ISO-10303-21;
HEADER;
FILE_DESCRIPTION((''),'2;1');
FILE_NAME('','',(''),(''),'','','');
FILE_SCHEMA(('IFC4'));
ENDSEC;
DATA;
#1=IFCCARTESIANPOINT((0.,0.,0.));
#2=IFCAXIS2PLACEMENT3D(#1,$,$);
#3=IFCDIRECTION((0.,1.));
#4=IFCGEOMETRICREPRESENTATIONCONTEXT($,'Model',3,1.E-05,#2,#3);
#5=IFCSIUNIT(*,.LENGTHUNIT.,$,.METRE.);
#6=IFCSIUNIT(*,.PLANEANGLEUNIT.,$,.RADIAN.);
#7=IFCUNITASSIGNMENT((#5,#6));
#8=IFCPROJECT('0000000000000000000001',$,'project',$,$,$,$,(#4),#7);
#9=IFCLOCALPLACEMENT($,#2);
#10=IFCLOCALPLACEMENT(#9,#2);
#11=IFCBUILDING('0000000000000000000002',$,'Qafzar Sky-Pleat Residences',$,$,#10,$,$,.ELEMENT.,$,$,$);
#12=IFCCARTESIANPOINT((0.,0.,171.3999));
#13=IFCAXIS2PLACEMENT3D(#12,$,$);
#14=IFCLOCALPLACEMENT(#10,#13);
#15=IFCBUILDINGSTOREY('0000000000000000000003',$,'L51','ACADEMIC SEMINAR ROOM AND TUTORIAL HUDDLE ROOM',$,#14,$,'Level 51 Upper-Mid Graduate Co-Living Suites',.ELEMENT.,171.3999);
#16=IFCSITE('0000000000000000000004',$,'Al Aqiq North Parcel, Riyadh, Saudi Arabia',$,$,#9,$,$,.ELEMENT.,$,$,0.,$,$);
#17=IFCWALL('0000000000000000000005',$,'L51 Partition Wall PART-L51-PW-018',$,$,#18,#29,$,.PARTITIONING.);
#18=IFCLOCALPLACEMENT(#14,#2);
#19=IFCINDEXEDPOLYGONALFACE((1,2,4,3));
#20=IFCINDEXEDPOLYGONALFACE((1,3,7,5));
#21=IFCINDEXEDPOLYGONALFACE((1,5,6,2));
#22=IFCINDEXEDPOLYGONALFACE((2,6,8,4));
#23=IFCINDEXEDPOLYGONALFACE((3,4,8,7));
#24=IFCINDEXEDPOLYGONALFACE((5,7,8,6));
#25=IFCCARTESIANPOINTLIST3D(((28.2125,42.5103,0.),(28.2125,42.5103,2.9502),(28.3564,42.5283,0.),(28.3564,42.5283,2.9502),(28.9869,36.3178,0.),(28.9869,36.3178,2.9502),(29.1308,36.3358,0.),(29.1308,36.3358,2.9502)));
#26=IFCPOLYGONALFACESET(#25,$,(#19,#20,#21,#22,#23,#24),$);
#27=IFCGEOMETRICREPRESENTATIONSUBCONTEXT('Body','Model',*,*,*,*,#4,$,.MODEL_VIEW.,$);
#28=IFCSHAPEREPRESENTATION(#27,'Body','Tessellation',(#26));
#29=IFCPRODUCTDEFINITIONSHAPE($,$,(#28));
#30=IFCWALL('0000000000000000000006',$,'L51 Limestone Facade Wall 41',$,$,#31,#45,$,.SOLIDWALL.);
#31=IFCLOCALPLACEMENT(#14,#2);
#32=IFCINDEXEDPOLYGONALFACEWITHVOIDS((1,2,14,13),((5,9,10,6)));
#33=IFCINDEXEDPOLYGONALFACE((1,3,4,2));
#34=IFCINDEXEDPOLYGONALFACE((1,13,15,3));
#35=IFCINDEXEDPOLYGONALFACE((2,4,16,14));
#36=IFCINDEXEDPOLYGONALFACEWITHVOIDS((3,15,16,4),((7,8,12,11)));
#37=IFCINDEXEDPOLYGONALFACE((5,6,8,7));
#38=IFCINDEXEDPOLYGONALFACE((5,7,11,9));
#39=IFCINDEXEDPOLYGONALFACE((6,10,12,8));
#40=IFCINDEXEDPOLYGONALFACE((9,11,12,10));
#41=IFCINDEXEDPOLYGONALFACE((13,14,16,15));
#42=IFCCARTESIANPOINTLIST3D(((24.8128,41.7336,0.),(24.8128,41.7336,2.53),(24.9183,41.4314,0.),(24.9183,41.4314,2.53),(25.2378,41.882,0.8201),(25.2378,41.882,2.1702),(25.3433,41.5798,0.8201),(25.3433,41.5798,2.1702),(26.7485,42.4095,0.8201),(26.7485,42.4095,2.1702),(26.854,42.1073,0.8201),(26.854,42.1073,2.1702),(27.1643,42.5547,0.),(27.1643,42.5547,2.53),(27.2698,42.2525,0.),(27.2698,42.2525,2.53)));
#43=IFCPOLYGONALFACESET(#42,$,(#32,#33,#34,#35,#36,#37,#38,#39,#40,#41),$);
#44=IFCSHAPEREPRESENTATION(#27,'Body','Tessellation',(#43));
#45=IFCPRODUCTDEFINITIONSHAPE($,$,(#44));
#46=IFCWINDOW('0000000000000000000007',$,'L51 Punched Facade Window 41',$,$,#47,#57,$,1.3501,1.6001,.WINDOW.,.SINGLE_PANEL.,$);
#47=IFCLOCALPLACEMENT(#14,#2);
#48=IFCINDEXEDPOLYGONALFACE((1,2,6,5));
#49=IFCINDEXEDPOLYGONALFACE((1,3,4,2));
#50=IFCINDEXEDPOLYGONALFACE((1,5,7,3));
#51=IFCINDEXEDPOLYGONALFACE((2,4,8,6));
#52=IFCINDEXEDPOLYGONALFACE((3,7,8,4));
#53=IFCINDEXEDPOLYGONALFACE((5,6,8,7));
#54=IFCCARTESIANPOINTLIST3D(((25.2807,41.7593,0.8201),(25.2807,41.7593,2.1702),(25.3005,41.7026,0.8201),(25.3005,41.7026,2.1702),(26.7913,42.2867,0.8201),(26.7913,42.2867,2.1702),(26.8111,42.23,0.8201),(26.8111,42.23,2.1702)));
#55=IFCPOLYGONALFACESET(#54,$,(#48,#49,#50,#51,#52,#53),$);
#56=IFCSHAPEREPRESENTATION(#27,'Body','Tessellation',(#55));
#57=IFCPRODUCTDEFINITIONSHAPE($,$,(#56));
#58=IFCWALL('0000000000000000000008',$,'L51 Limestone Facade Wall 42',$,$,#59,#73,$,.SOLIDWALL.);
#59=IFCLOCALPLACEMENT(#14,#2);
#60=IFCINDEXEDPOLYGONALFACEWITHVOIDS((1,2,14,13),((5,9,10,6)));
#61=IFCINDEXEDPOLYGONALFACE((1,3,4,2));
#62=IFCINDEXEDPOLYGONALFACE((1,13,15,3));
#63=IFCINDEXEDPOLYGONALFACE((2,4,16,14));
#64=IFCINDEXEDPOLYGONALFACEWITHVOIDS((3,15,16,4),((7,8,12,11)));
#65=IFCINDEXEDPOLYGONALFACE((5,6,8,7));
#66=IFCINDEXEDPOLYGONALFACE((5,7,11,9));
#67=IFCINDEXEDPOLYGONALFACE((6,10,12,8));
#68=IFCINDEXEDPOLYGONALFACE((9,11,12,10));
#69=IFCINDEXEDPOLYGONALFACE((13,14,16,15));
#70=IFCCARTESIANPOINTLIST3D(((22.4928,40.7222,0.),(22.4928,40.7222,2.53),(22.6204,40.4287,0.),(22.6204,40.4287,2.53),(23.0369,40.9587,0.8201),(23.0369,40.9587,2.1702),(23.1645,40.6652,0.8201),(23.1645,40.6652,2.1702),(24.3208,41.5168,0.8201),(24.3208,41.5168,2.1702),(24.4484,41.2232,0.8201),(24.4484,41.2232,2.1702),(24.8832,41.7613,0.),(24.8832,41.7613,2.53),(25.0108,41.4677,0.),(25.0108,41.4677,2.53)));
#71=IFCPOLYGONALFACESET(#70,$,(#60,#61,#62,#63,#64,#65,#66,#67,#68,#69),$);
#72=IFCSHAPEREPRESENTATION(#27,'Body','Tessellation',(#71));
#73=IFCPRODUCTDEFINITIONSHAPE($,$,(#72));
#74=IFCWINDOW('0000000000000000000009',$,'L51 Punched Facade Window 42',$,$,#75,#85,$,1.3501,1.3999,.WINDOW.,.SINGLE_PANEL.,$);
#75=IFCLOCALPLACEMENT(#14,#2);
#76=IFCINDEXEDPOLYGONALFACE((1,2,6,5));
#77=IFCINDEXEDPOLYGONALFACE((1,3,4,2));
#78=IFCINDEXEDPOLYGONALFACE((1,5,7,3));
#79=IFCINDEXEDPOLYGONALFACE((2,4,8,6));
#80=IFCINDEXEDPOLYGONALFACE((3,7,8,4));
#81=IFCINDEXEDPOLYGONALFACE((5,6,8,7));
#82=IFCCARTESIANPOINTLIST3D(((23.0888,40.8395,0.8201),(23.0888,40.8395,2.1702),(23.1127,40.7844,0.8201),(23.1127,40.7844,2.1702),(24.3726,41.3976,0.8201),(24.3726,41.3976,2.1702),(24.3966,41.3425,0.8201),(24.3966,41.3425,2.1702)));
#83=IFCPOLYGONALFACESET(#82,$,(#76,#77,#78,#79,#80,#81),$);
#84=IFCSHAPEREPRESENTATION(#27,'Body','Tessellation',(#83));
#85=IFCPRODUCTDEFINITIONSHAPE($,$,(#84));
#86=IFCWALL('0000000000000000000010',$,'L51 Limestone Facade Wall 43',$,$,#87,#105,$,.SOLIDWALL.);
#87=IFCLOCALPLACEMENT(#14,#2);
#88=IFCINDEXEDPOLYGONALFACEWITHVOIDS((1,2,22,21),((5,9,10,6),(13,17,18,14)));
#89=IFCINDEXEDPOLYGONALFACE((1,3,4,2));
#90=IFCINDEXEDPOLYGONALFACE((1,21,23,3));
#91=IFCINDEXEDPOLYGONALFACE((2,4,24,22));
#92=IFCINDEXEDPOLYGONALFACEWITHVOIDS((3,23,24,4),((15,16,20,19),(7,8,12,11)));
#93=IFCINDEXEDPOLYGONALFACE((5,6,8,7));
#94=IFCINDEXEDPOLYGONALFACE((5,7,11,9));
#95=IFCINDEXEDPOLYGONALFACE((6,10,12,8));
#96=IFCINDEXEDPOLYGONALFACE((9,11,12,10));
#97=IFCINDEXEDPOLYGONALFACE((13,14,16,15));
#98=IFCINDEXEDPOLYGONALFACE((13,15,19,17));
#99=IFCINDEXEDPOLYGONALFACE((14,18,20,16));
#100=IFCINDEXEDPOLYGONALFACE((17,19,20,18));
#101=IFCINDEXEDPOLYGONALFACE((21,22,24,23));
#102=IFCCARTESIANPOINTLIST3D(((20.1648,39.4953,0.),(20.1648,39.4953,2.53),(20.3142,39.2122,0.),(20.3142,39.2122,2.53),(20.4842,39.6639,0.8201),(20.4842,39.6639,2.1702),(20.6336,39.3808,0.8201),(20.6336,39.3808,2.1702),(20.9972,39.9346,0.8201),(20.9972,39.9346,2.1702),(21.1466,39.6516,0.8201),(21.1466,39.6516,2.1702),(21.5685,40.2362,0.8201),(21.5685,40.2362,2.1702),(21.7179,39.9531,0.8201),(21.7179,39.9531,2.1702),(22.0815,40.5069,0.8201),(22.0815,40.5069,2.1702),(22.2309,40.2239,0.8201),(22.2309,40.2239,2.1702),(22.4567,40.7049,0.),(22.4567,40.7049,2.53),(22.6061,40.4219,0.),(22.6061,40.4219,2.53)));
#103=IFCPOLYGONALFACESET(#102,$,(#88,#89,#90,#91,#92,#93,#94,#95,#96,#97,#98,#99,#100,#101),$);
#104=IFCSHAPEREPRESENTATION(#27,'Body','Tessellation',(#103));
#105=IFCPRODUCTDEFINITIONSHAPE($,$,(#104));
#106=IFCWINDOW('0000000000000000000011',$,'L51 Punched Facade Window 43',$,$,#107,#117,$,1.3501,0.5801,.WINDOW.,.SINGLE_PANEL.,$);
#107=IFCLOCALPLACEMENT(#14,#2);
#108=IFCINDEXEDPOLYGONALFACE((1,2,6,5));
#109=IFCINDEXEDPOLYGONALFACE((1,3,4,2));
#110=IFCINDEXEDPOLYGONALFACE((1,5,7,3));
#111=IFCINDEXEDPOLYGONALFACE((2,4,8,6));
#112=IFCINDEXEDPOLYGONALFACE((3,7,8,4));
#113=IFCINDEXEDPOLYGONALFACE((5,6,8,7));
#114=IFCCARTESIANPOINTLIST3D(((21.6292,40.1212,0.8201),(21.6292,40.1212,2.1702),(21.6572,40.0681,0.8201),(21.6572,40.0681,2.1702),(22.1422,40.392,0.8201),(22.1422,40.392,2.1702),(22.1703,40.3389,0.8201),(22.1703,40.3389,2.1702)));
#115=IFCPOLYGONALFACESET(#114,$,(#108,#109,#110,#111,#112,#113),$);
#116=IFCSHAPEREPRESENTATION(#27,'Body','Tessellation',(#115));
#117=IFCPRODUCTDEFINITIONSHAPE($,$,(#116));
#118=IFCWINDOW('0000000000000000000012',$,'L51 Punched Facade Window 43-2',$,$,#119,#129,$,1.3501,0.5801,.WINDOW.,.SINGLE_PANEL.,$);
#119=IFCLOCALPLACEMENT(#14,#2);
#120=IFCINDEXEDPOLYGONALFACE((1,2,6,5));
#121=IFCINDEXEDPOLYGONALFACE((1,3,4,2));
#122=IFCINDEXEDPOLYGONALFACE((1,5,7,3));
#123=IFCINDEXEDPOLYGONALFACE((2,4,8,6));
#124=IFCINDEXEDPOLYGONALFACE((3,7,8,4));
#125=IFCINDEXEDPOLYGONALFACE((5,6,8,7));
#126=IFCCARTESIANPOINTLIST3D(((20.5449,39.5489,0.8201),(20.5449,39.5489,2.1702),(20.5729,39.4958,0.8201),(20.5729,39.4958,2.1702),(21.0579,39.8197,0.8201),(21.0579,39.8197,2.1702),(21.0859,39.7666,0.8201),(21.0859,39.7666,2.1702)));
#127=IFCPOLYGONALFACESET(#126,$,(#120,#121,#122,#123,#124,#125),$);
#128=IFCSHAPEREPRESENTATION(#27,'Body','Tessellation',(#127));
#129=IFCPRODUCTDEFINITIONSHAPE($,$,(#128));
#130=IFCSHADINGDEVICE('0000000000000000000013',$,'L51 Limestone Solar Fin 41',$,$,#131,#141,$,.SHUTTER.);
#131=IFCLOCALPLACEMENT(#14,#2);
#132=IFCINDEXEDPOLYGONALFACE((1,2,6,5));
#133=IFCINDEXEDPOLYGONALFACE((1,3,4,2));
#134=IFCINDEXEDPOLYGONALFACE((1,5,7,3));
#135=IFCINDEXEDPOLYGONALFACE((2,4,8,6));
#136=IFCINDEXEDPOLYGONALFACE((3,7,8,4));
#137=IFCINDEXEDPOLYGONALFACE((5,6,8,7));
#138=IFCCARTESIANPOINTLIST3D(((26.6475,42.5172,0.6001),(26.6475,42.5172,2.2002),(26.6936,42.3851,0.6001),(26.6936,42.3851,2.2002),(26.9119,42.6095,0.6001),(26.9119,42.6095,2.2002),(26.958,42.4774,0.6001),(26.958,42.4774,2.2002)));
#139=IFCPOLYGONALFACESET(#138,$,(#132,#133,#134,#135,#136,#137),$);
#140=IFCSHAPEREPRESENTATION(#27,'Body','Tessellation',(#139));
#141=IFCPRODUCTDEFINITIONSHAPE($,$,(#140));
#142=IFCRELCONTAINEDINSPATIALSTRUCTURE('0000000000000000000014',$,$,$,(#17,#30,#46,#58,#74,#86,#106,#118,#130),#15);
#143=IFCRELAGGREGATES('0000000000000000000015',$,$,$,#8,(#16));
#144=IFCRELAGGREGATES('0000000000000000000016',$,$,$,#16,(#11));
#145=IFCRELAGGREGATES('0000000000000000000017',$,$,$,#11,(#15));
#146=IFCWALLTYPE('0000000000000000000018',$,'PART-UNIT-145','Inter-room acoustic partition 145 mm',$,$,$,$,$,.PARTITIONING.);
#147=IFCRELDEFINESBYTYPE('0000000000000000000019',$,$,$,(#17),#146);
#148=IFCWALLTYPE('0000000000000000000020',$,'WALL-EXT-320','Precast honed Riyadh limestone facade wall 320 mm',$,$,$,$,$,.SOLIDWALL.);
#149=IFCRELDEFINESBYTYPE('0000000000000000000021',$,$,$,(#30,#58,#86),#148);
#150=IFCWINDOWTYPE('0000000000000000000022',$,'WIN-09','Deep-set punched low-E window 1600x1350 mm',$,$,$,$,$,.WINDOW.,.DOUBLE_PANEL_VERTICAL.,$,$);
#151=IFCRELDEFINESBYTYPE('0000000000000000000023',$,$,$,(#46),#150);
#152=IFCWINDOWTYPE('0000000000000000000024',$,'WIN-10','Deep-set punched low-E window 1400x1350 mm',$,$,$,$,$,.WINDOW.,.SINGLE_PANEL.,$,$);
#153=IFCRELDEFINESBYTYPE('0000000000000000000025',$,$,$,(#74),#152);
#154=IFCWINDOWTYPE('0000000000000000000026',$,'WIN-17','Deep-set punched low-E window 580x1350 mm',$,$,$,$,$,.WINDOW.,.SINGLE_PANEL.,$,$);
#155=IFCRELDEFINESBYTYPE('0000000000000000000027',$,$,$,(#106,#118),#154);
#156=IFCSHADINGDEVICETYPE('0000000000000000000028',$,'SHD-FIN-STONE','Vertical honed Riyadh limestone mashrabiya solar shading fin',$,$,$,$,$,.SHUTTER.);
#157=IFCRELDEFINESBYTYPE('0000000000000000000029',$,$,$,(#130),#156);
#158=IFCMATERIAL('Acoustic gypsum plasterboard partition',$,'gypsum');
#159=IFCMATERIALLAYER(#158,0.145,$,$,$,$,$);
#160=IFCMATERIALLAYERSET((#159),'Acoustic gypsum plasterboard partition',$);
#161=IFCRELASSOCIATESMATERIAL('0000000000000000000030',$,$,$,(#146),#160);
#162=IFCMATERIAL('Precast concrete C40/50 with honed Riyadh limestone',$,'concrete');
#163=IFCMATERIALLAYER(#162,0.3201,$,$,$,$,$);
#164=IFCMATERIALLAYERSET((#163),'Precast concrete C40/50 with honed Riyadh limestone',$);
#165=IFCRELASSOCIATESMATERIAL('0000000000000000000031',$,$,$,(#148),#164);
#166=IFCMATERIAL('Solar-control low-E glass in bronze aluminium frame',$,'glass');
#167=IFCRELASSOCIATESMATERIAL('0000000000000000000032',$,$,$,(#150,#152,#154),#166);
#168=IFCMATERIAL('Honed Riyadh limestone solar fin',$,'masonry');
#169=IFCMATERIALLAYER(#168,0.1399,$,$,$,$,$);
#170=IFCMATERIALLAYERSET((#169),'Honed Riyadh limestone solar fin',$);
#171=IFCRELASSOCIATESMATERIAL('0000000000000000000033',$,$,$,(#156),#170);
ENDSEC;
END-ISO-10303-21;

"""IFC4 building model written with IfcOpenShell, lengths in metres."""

from ifc_helpers import new_model, si_unit, direction, frame, frame_2d, origin, origin_2d, place, context, subcontext, project, spatial, rectangle, extrude, source, transform, mapped, material, layer, layer_set, type_object, element, fill, save


model = new_model("IFC4")

# Units and contexts
model_context = context("Model", 3, precision=1e-05, world=origin(), true_north=direction((0.0, 1.0)))
body_context = subcontext(model_context, "Body", "Model", "MODEL_VIEW")
ifc_project = project(units=[si_unit("LENGTHUNIT", "METRE"), si_unit("PLANEANGLEUNIT", "RADIAN")], contexts=[model_context])

# Site, building, storey
site_placement = place(None, origin())
site = spatial("IfcSite", under=ifc_project, at=site_placement, Name="Al Aqiq North Parcel, Riyadh, Saudi Arabia", CompositionType="ELEMENT", RefElevation=0.0)
building_placement = place(site_placement, origin())
building = spatial("IfcBuilding", under=site, at=building_placement, Name="Qafzar Sky-Pleat Residences", CompositionType="ELEMENT")
storey_placement = place(building_placement, frame((0.0, 0.0, 171.3999)))
storey = spatial("IfcBuildingStorey", under=building, at=storey_placement, Name="L51", Description="ACADEMIC SEMINAR ROOM AND TUTORIAL HUDDLE ROOM", LongName="Level 51 Upper-Mid Graduate Co-Living Suites", CompositionType="ELEMENT", Elevation=171.3999)

# Wall
ifc_material_1 = material(Name="Acoustic gypsum plasterboard partition", Category="gypsum")
ifc_layer_1 = layer(ifc_material_1, 0.145)
ifc_layer_set_1 = layer_set([ifc_layer_1], Name="Acoustic gypsum plasterboard partition")
wall_type_1 = type_object("IfcWallType", Name="PART-UNIT-145", Description="Inter-room acoustic partition 145 mm", PredefinedType="PARTITIONING", material=ifc_layer_set_1)
wall_1_placement = place(storey_placement, frame((28.2844, 42.5193, 0.0), z_axis=(0.0, 0.0, 1.0), x_axis=(0.124093, -0.992271, 0.0)))
element("IfcWall", 1, at=wall_1_placement, inside=storey, type_object=wall_type_1, Name="L51 Partition Wall PART-L51-PW-018", PredefinedType="PARTITIONING", context=body_context, shape_type="SweptSolid", body=[
    extrude(rectangle(XDim=6.2407, YDim=0.145, at=frame_2d((3.1204, 0.0))), origin(), (0.0, 0.0, 1.0), 2.9502),
])

# Walls, openings, windows
ifc_material_2 = material(Name="Precast concrete C40/50 with honed Riyadh limestone", Category="concrete")
ifc_layer_2 = layer(ifc_material_2, 0.3201)
ifc_layer_set_2 = layer_set([ifc_layer_2], Name="Precast concrete C40/50 with honed Riyadh limestone")
wall_type_2 = type_object("IfcWallType", Name="WALL-EXT-320", Description="Precast honed Riyadh limestone facade wall 320 mm", PredefinedType="SOLIDWALL", material=ifc_layer_set_2)
wall_2_placement = place(storey_placement, frame((27.217, 42.4036, 0.0), z_axis=(0.0, 0.0, 1.0), x_axis=(-0.944109, -0.329634, 0.0)))
wall_2 = element("IfcWall", 2, at=wall_2_placement, inside=storey, type_object=wall_type_2, Name="L51 Limestone Facade Wall 41", PredefinedType="SOLIDWALL", context=body_context, shape_type="SweptSolid", body=[
    extrude(rectangle(XDim=2.4907, YDim=0.3201, at=frame_2d((1.2454, 0.0))), origin(), (0.0, 0.0, 1.0), 2.53),
])
opening_1_placement = place(wall_2_placement, frame((0.4404, 0.0, 0.8201)))
opening_1 = element("IfcOpeningElement", 3, at=opening_1_placement, cuts=wall_2, PredefinedType="OPENING", context=body_context, shape_type="SweptSolid", body=[
    extrude(rectangle(XDim=1.6001, YDim=1.3501, at=frame_2d((0.8, 0.675))), frame((0.0, 0.1699, 0.0), z_axis=(0.0, -1.0, 0.0), x_axis=(1.0, 0.0, 0.0)), (0.0, 0.0, 1.0), 0.3401),
])
ifc_material_3 = material(Name="Solar-control low-E glass in bronze aluminium frame", Category="glass")
window_type_1 = type_object("IfcWindowType", Name="WIN-09", Description="Deep-set punched low-E window 1600x1350 mm", PartitioningType="DOUBLE_PANEL_VERTICAL", PredefinedType="WINDOW", material=ifc_material_3)
shared_shape_1 = source(origin(), body_context, "Body", "SweptSolid", [
    extrude(rectangle(XDim=1.6001, YDim=1.3501, at=frame_2d((0.8, 0.675))), frame((0.0, 0.03, 0.0), z_axis=(0.0, -1.0, 0.0), x_axis=(1.0, 0.0, 0.0)), (0.0, 0.0, 1.0), 0.0601),
])
window_1_placement = place(opening_1_placement, origin())
window_1 = element("IfcWindow", 4, at=window_1_placement, inside=storey, type_object=window_type_1, Name="L51 Punched Facade Window 41", OverallHeight=1.3501, OverallWidth=1.6001, PartitioningType="SINGLE_PANEL", PredefinedType="WINDOW", context=body_context, shape_type="MappedRepresentation", body=[
    mapped(shared_shape_1, transform((0.0, 0.0, 0.0), x_axis=(1.0, 0.0, 0.0), y_axis=(0.0, 1.0, 0.0), z_axis=(0.0, 0.0, 1.0), scale=1.0)),
])
fill(opening_1, window_1)
wall_3_placement = place(storey_placement, frame((24.947, 41.6145, 0.0), z_axis=(0.0, 0.0, 1.0), x_axis=(-0.917103, -0.398651, 0.0)))
wall_3 = element("IfcWall", 5, at=wall_3_placement, inside=storey, type_object=wall_type_2, Name="L51 Limestone Facade Wall 42", PredefinedType="SOLIDWALL", context=body_context, shape_type="SweptSolid", body=[
    extrude(rectangle(XDim=2.6064, YDim=0.3201, at=frame_2d((1.3032, 0.0))), origin(), (0.0, 0.0, 1.0), 2.53),
])
opening_2_placement = place(wall_3_placement, frame((0.6133, 0.0, 0.8201)))
opening_2 = element("IfcOpeningElement", 6, at=opening_2_placement, cuts=wall_3, PredefinedType="OPENING", context=body_context, shape_type="SweptSolid", body=[
    extrude(rectangle(XDim=1.3999, YDim=1.3501, at=frame_2d((0.7, 0.675))), frame((0.0, 0.1699, 0.0), z_axis=(0.0, -1.0, 0.0), x_axis=(1.0, 0.0, 0.0)), (0.0, 0.0, 1.0), 0.3401),
])
window_type_2 = type_object("IfcWindowType", Name="WIN-10", Description="Deep-set punched low-E window 1400x1350 mm", PartitioningType="SINGLE_PANEL", PredefinedType="WINDOW", material=ifc_material_3)
shared_shape_2 = source(origin(), body_context, "Body", "SweptSolid", [
    extrude(rectangle(XDim=1.3999, YDim=1.3501, at=frame_2d((0.7, 0.675))), frame((0.0, 0.03, 0.0), z_axis=(0.0, -1.0, 0.0), x_axis=(1.0, 0.0, 0.0)), (0.0, 0.0, 1.0), 0.0601),
])
window_2_placement = place(opening_2_placement, origin())
window_2 = element("IfcWindow", 7, at=window_2_placement, inside=storey, type_object=window_type_2, Name="L51 Punched Facade Window 42", OverallHeight=1.3501, OverallWidth=1.3999, PartitioningType="SINGLE_PANEL", PredefinedType="WINDOW", context=body_context, shape_type="MappedRepresentation", body=[
    mapped(shared_shape_2, transform((0.0, 0.0, 0.0), x_axis=(1.0, 0.0, 0.0), y_axis=(0.0, 1.0, 0.0), z_axis=(0.0, 0.0, 1.0), scale=1.0)),
])
fill(opening_2, window_2)

# Wall, openings, windows
wall_4_placement = place(storey_placement, frame((22.5315, 40.5635, 0.0), z_axis=(0.0, 0.0, 1.0), x_axis=(-0.884376, -0.466775, 0.0)))
wall_4 = element("IfcWall", 8, at=wall_4_placement, inside=storey, type_object=wall_type_2, Name="L51 Limestone Facade Wall 43", PredefinedType="SOLIDWALL", context=body_context, shape_type="SweptSolid", body=[
    extrude(rectangle(XDim=2.5916, YDim=0.3201, at=frame_2d((1.2959, 0.0))), origin(), (0.0, 0.0, 1.0), 2.53),
])
opening_3_placement = place(wall_4_placement, frame((0.4243, 0.0, 0.8201)))
opening_3 = element("IfcOpeningElement", 9, at=opening_3_placement, cuts=wall_4, PredefinedType="OPENING", context=body_context, shape_type="SweptSolid", body=[
    extrude(rectangle(XDim=0.5801, YDim=1.3501, at=frame_2d((0.29, 0.675))), frame((0.0, 0.1699, 0.0), z_axis=(0.0, -1.0, 0.0), x_axis=(1.0, 0.0, 0.0)), (0.0, 0.0, 1.0), 0.3401),
])
opening_4_placement = place(wall_4_placement, frame((1.6504, 0.0, 0.8201)))
opening_4 = element("IfcOpeningElement", 10, at=opening_4_placement, cuts=wall_4, PredefinedType="OPENING", context=body_context, shape_type="SweptSolid", body=[
    extrude(rectangle(XDim=0.5801, YDim=1.3501, at=frame_2d((0.29, 0.675))), frame((0.0, 0.1699, 0.0), z_axis=(0.0, -1.0, 0.0), x_axis=(1.0, 0.0, 0.0)), (0.0, 0.0, 1.0), 0.3401),
])
window_type_3 = type_object("IfcWindowType", Name="WIN-17", Description="Deep-set punched low-E window 580x1350 mm", PartitioningType="SINGLE_PANEL", PredefinedType="WINDOW", material=ifc_material_3)
shared_shape_3 = source(origin(), body_context, "Body", "SweptSolid", [
    extrude(rectangle(XDim=0.5801, YDim=1.3501, at=frame_2d((0.29, 0.675))), frame((0.0, 0.03, 0.0), z_axis=(0.0, -1.0, 0.0), x_axis=(1.0, 0.0, 0.0)), (0.0, 0.0, 1.0), 0.0601),
])
window_3_placement = place(opening_3_placement, origin())
window_3 = element("IfcWindow", 11, at=window_3_placement, inside=storey, type_object=window_type_3, Name="L51 Punched Facade Window 43", OverallHeight=1.3501, OverallWidth=0.5801, PartitioningType="SINGLE_PANEL", PredefinedType="WINDOW", context=body_context, shape_type="MappedRepresentation", body=[
    mapped(shared_shape_3, transform((0.0, 0.0, 0.0), x_axis=(1.0, 0.0, 0.0), y_axis=(0.0, 1.0, 0.0), z_axis=(0.0, 0.0, 1.0), scale=1.0)),
])
fill(opening_3, window_3)
window_4_placement = place(opening_4_placement, origin())
window_4 = element("IfcWindow", 12, at=window_4_placement, inside=storey, type_object=window_type_3, Name="L51 Punched Facade Window 43-2", OverallHeight=1.3501, OverallWidth=0.5801, PartitioningType="SINGLE_PANEL", PredefinedType="WINDOW", context=body_context, shape_type="MappedRepresentation", body=[
    mapped(shared_shape_3, transform((0.0, 0.0, 0.0), x_axis=(1.0, 0.0, 0.0), y_axis=(0.0, 1.0, 0.0), z_axis=(0.0, 0.0, 1.0), scale=1.0)),
])
fill(opening_4, window_4)

# Shading device
ifc_material_4 = material(Name="Honed Riyadh limestone solar fin", Category="masonry")
ifc_layer_3 = layer(ifc_material_4, 0.1399)
ifc_layer_set_3 = layer_set([ifc_layer_3], Name="Honed Riyadh limestone solar fin")
shading_device_type = type_object("IfcShadingDeviceType", Name="SHD-FIN-STONE", Description="Vertical honed Riyadh limestone mashrabiya solar shading fin", PredefinedType="SHUTTER", material=ifc_layer_set_3)
shared_shape_4 = source(origin(), body_context, "Body", "SweptSolid", [
    extrude(rectangle(XDim=0.1399, YDim=0.28, at=origin_2d()), origin(), (0.0, 0.0, 1.0), 1.6001),
])
shading_device_placement = place(storey_placement, frame((26.8027, 42.4973, 0.6001), z_axis=(0.0, 0.0, 1.0), x_axis=(-0.329581, 0.944127, 0.0)))
element("IfcShadingDevice", 13, at=shading_device_placement, inside=storey, type_object=shading_device_type, Name="L51 Limestone Solar Fin 41", PredefinedType="SHUTTER", context=body_context, shape_type="MappedRepresentation", body=[
    mapped(shared_shape_4, transform((0.0, 0.0, 0.0), x_axis=(1.0, 0.0, 0.0), y_axis=(0.0, 1.0, 0.0), z_axis=(0.0, 0.0, 1.0), scale=1.0)),
])

save(model, "model.ifc")
